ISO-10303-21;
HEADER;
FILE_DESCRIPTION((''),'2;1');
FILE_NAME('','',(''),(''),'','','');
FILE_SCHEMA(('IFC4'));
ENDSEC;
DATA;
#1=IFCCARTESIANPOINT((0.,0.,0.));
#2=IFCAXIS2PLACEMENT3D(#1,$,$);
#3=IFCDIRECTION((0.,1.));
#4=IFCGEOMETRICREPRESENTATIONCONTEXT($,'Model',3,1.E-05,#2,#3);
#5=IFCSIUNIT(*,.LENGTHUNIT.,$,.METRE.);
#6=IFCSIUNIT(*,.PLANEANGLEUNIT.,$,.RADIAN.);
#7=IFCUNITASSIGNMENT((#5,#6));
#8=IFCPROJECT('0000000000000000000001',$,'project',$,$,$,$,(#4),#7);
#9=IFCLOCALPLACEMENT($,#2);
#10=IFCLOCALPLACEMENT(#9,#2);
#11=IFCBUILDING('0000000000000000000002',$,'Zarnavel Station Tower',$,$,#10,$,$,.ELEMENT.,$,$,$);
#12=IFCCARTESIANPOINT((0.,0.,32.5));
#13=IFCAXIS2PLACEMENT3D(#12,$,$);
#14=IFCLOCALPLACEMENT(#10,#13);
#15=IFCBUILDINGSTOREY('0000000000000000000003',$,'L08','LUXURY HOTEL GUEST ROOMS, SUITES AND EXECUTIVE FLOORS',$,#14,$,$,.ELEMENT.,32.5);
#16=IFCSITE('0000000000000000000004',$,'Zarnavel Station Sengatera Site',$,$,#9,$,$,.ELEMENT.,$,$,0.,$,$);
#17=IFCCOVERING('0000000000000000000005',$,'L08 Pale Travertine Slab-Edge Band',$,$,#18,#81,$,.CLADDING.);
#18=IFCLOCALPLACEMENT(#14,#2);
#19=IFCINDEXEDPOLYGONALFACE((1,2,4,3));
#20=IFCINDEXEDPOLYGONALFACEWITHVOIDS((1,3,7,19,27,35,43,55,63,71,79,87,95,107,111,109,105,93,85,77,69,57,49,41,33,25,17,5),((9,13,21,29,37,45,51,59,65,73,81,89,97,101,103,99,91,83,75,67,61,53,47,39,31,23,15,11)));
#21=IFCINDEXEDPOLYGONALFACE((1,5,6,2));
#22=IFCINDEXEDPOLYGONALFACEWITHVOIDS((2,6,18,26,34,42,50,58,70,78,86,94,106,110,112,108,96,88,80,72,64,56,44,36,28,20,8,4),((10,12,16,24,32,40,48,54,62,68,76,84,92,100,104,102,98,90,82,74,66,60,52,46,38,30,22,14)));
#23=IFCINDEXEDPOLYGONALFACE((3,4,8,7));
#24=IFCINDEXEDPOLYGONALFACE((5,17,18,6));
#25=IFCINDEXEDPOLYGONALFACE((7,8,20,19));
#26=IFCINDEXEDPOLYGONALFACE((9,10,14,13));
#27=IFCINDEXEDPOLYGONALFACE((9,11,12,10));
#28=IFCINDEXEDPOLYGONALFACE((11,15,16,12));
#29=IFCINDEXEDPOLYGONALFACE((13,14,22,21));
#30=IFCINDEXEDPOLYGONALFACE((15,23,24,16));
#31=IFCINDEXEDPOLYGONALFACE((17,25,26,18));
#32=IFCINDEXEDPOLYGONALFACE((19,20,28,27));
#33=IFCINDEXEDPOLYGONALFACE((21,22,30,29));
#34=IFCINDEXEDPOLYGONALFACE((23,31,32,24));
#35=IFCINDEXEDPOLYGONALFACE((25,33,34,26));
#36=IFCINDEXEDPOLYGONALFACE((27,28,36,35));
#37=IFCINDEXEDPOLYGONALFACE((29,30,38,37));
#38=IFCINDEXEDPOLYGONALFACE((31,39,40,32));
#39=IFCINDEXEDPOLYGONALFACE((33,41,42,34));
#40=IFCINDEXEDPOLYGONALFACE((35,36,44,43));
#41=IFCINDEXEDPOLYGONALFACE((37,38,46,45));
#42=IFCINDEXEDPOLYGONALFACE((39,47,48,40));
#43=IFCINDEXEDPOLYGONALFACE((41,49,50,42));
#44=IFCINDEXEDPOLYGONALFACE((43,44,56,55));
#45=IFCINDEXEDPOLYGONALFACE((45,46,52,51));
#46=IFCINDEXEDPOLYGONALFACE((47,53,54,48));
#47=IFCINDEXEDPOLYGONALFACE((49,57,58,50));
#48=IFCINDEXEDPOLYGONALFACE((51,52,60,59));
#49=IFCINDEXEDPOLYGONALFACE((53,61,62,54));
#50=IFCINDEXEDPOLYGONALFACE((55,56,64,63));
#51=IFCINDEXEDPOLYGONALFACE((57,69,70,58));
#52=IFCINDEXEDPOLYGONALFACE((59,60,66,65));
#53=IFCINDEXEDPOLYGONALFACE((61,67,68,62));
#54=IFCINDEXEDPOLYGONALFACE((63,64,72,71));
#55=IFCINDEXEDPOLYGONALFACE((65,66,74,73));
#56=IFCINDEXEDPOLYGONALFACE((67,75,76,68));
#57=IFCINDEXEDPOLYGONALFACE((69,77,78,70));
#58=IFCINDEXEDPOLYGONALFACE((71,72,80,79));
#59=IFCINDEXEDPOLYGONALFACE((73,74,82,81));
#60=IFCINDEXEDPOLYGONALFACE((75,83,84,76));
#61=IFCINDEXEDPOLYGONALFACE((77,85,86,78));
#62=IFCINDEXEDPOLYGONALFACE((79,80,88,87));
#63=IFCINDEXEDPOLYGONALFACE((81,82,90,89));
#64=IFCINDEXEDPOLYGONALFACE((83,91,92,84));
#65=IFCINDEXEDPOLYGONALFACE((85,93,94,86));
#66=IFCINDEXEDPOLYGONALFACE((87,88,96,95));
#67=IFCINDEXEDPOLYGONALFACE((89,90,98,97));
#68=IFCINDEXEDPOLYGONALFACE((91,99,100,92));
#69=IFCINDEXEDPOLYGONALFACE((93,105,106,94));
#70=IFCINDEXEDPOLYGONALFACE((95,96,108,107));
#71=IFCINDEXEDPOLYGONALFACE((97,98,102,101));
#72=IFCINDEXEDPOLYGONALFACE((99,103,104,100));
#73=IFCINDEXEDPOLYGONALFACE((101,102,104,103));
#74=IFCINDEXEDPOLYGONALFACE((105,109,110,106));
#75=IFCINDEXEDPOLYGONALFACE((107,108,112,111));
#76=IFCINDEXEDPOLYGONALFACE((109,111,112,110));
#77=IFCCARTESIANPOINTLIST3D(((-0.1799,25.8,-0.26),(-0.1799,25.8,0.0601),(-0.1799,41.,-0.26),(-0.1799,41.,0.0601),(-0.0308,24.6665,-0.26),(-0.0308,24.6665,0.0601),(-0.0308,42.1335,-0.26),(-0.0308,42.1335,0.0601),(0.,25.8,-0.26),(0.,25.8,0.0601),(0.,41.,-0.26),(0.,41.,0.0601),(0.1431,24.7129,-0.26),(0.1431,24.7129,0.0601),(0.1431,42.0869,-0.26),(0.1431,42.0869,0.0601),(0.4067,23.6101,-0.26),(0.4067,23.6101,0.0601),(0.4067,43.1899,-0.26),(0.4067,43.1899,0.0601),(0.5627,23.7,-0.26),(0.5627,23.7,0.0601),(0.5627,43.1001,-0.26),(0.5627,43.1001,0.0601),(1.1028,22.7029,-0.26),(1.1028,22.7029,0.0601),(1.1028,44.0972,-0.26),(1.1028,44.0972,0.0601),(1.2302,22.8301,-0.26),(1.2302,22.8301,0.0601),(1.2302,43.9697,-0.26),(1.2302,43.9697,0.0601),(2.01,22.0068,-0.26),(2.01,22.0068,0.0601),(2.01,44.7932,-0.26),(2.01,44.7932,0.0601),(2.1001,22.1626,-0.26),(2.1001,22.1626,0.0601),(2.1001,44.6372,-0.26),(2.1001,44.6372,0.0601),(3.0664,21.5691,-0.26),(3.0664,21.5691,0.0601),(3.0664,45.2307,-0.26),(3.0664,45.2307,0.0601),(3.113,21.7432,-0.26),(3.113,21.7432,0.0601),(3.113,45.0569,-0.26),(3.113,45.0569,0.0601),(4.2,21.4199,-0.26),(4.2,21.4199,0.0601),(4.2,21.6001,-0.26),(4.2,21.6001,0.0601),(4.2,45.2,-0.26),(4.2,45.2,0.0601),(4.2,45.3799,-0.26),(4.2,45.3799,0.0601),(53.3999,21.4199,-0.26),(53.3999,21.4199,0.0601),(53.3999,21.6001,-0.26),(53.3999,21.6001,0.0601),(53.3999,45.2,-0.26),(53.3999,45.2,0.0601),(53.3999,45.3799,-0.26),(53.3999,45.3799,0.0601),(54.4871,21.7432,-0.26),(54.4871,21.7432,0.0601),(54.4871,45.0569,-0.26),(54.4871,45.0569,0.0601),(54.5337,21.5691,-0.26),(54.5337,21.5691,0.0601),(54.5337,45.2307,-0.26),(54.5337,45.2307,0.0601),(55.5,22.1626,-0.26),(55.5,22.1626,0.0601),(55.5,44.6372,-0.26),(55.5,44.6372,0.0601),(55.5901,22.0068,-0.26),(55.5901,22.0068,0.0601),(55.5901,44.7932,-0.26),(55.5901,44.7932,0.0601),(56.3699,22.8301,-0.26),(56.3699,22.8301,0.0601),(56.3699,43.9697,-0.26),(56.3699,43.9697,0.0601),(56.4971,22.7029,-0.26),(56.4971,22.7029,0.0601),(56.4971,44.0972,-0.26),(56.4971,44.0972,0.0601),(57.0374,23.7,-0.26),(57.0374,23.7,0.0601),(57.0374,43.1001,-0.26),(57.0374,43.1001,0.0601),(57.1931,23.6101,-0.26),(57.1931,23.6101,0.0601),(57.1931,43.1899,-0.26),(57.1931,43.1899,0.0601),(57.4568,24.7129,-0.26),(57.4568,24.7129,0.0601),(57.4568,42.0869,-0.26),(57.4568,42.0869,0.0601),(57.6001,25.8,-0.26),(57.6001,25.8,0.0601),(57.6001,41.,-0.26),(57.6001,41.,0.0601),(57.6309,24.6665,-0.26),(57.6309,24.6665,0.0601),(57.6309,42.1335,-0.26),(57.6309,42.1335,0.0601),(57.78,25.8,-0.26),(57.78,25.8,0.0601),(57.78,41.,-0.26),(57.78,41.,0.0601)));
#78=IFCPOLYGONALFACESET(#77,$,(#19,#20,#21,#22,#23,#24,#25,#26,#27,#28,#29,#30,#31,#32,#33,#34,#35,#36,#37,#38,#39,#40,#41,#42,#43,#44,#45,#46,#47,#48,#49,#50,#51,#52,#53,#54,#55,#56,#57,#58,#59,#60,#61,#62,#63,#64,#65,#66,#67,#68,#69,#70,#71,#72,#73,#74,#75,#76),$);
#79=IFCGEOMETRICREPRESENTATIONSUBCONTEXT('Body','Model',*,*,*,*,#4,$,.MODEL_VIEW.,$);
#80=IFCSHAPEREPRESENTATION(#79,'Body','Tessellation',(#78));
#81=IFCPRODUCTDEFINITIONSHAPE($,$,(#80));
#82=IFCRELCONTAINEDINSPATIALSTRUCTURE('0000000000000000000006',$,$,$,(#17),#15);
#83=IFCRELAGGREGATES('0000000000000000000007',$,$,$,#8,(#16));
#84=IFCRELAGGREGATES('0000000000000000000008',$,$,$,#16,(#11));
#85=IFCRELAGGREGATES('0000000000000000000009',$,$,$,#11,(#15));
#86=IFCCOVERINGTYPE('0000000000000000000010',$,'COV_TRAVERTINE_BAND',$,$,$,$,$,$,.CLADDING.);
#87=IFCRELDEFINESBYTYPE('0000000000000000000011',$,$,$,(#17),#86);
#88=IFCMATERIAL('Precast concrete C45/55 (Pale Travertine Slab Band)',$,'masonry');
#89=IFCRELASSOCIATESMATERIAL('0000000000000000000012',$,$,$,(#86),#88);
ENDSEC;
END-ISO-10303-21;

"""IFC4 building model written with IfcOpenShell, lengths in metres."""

from ifc_helpers import new_model, si_unit, direction, frame, origin, place, context, subcontext, project, spatial, polyline, outline, extrude, material, type_object, element, save


model = new_model("IFC4")

# Units and contexts
model_context = context("Model", 3, precision=1e-05, world=origin(), true_north=direction((0.0, 1.0)))
body_context = subcontext(model_context, "Body", "Model", "MODEL_VIEW")
ifc_project = project(units=[si_unit("LENGTHUNIT", "METRE"), si_unit("PLANEANGLEUNIT", "RADIAN")], contexts=[model_context])

# Site, building, storey
site_placement = place(None, origin())
site = spatial("IfcSite", under=ifc_project, at=site_placement, Name="Zarnavel Station Sengatera Site", CompositionType="ELEMENT", RefElevation=0.0)
building_placement = place(site_placement, origin())
building = spatial("IfcBuilding", under=site, at=building_placement, Name="Zarnavel Station Tower", CompositionType="ELEMENT")
storey_placement = place(building_placement, frame((0.0, 0.0, 32.5)))
storey = spatial("IfcBuildingStorey", under=building, at=storey_placement, Name="L08", Description="LUXURY HOTEL GUEST ROOMS, SUITES AND EXECUTIVE FLOORS", CompositionType="ELEMENT", Elevation=32.5)

# Covering
ifc_material_1 = material(Name="Precast concrete C45/55 (Pale Travertine Slab Band)", Category="masonry")
covering_type_1 = type_object("IfcCoveringType", Name="COV_TRAVERTINE_BAND", PredefinedType="CLADDING", material=ifc_material_1)
covering_1_placement = place(storey_placement, frame((0.0, 0.0, -0.26)))
element("IfcCovering", 1, at=covering_1_placement, inside=storey, type_object=covering_type_1, Name="L08 Pale Travertine Slab-Edge Band", PredefinedType="CLADDING", context=body_context, shape_type="SweptSolid", body=[
    extrude(outline(polyline([(53.3999, 21.4199), (54.5337, 21.5691), (55.5901, 22.0068), (56.4971, 22.7029), (57.1931, 23.6101), (57.6309, 24.6665), (57.78, 25.8), (57.78, 41.0), (57.6309, 42.1335), (57.1931, 43.1899), (56.4971, 44.0972), (55.5901, 44.7932), (54.5337, 45.2307), (53.3999, 45.3799), (4.2, 45.3799), (3.0664, 45.2307), (2.01, 44.7932), (1.1028, 44.0972), (0.4067, 43.1899), (-0.0308, 42.1335), (-0.1799, 41.0), (-0.1799, 25.8), (-0.0308, 24.6665), (0.4067, 23.6101), (1.1028, 22.7029), (2.01, 22.0068), (3.0664, 21.5691), (4.2, 21.4199), (53.3999, 21.4199)]), holes=[polyline([(53.3999, 21.6001), (54.4871, 21.7432), (55.5, 22.1626), (56.3699, 22.8301), (57.0374, 23.7), (57.4568, 24.7129), (57.6001, 25.8), (57.6001, 41.0), (57.4568, 42.0869), (57.0374, 43.1001), (56.3699, 43.9697), (55.5, 44.6372), (54.4871, 45.0569), (53.3999, 45.2), (4.2, 45.2), (3.113, 45.0569), (2.1001, 44.6372), (1.2302, 43.9697), (0.5627, 43.1001), (0.1431, 42.0869), (0.0, 41.0), (0.0, 25.8), (0.1431, 24.7129), (0.5627, 23.7), (1.2302, 22.8301), (2.1001, 22.1626), (3.113, 21.7432), (4.2, 21.6001), (53.3999, 21.6001)])]), origin(), (0.0, 0.0, 1.0), 0.3201),
])

save(model, "model.ifc")
